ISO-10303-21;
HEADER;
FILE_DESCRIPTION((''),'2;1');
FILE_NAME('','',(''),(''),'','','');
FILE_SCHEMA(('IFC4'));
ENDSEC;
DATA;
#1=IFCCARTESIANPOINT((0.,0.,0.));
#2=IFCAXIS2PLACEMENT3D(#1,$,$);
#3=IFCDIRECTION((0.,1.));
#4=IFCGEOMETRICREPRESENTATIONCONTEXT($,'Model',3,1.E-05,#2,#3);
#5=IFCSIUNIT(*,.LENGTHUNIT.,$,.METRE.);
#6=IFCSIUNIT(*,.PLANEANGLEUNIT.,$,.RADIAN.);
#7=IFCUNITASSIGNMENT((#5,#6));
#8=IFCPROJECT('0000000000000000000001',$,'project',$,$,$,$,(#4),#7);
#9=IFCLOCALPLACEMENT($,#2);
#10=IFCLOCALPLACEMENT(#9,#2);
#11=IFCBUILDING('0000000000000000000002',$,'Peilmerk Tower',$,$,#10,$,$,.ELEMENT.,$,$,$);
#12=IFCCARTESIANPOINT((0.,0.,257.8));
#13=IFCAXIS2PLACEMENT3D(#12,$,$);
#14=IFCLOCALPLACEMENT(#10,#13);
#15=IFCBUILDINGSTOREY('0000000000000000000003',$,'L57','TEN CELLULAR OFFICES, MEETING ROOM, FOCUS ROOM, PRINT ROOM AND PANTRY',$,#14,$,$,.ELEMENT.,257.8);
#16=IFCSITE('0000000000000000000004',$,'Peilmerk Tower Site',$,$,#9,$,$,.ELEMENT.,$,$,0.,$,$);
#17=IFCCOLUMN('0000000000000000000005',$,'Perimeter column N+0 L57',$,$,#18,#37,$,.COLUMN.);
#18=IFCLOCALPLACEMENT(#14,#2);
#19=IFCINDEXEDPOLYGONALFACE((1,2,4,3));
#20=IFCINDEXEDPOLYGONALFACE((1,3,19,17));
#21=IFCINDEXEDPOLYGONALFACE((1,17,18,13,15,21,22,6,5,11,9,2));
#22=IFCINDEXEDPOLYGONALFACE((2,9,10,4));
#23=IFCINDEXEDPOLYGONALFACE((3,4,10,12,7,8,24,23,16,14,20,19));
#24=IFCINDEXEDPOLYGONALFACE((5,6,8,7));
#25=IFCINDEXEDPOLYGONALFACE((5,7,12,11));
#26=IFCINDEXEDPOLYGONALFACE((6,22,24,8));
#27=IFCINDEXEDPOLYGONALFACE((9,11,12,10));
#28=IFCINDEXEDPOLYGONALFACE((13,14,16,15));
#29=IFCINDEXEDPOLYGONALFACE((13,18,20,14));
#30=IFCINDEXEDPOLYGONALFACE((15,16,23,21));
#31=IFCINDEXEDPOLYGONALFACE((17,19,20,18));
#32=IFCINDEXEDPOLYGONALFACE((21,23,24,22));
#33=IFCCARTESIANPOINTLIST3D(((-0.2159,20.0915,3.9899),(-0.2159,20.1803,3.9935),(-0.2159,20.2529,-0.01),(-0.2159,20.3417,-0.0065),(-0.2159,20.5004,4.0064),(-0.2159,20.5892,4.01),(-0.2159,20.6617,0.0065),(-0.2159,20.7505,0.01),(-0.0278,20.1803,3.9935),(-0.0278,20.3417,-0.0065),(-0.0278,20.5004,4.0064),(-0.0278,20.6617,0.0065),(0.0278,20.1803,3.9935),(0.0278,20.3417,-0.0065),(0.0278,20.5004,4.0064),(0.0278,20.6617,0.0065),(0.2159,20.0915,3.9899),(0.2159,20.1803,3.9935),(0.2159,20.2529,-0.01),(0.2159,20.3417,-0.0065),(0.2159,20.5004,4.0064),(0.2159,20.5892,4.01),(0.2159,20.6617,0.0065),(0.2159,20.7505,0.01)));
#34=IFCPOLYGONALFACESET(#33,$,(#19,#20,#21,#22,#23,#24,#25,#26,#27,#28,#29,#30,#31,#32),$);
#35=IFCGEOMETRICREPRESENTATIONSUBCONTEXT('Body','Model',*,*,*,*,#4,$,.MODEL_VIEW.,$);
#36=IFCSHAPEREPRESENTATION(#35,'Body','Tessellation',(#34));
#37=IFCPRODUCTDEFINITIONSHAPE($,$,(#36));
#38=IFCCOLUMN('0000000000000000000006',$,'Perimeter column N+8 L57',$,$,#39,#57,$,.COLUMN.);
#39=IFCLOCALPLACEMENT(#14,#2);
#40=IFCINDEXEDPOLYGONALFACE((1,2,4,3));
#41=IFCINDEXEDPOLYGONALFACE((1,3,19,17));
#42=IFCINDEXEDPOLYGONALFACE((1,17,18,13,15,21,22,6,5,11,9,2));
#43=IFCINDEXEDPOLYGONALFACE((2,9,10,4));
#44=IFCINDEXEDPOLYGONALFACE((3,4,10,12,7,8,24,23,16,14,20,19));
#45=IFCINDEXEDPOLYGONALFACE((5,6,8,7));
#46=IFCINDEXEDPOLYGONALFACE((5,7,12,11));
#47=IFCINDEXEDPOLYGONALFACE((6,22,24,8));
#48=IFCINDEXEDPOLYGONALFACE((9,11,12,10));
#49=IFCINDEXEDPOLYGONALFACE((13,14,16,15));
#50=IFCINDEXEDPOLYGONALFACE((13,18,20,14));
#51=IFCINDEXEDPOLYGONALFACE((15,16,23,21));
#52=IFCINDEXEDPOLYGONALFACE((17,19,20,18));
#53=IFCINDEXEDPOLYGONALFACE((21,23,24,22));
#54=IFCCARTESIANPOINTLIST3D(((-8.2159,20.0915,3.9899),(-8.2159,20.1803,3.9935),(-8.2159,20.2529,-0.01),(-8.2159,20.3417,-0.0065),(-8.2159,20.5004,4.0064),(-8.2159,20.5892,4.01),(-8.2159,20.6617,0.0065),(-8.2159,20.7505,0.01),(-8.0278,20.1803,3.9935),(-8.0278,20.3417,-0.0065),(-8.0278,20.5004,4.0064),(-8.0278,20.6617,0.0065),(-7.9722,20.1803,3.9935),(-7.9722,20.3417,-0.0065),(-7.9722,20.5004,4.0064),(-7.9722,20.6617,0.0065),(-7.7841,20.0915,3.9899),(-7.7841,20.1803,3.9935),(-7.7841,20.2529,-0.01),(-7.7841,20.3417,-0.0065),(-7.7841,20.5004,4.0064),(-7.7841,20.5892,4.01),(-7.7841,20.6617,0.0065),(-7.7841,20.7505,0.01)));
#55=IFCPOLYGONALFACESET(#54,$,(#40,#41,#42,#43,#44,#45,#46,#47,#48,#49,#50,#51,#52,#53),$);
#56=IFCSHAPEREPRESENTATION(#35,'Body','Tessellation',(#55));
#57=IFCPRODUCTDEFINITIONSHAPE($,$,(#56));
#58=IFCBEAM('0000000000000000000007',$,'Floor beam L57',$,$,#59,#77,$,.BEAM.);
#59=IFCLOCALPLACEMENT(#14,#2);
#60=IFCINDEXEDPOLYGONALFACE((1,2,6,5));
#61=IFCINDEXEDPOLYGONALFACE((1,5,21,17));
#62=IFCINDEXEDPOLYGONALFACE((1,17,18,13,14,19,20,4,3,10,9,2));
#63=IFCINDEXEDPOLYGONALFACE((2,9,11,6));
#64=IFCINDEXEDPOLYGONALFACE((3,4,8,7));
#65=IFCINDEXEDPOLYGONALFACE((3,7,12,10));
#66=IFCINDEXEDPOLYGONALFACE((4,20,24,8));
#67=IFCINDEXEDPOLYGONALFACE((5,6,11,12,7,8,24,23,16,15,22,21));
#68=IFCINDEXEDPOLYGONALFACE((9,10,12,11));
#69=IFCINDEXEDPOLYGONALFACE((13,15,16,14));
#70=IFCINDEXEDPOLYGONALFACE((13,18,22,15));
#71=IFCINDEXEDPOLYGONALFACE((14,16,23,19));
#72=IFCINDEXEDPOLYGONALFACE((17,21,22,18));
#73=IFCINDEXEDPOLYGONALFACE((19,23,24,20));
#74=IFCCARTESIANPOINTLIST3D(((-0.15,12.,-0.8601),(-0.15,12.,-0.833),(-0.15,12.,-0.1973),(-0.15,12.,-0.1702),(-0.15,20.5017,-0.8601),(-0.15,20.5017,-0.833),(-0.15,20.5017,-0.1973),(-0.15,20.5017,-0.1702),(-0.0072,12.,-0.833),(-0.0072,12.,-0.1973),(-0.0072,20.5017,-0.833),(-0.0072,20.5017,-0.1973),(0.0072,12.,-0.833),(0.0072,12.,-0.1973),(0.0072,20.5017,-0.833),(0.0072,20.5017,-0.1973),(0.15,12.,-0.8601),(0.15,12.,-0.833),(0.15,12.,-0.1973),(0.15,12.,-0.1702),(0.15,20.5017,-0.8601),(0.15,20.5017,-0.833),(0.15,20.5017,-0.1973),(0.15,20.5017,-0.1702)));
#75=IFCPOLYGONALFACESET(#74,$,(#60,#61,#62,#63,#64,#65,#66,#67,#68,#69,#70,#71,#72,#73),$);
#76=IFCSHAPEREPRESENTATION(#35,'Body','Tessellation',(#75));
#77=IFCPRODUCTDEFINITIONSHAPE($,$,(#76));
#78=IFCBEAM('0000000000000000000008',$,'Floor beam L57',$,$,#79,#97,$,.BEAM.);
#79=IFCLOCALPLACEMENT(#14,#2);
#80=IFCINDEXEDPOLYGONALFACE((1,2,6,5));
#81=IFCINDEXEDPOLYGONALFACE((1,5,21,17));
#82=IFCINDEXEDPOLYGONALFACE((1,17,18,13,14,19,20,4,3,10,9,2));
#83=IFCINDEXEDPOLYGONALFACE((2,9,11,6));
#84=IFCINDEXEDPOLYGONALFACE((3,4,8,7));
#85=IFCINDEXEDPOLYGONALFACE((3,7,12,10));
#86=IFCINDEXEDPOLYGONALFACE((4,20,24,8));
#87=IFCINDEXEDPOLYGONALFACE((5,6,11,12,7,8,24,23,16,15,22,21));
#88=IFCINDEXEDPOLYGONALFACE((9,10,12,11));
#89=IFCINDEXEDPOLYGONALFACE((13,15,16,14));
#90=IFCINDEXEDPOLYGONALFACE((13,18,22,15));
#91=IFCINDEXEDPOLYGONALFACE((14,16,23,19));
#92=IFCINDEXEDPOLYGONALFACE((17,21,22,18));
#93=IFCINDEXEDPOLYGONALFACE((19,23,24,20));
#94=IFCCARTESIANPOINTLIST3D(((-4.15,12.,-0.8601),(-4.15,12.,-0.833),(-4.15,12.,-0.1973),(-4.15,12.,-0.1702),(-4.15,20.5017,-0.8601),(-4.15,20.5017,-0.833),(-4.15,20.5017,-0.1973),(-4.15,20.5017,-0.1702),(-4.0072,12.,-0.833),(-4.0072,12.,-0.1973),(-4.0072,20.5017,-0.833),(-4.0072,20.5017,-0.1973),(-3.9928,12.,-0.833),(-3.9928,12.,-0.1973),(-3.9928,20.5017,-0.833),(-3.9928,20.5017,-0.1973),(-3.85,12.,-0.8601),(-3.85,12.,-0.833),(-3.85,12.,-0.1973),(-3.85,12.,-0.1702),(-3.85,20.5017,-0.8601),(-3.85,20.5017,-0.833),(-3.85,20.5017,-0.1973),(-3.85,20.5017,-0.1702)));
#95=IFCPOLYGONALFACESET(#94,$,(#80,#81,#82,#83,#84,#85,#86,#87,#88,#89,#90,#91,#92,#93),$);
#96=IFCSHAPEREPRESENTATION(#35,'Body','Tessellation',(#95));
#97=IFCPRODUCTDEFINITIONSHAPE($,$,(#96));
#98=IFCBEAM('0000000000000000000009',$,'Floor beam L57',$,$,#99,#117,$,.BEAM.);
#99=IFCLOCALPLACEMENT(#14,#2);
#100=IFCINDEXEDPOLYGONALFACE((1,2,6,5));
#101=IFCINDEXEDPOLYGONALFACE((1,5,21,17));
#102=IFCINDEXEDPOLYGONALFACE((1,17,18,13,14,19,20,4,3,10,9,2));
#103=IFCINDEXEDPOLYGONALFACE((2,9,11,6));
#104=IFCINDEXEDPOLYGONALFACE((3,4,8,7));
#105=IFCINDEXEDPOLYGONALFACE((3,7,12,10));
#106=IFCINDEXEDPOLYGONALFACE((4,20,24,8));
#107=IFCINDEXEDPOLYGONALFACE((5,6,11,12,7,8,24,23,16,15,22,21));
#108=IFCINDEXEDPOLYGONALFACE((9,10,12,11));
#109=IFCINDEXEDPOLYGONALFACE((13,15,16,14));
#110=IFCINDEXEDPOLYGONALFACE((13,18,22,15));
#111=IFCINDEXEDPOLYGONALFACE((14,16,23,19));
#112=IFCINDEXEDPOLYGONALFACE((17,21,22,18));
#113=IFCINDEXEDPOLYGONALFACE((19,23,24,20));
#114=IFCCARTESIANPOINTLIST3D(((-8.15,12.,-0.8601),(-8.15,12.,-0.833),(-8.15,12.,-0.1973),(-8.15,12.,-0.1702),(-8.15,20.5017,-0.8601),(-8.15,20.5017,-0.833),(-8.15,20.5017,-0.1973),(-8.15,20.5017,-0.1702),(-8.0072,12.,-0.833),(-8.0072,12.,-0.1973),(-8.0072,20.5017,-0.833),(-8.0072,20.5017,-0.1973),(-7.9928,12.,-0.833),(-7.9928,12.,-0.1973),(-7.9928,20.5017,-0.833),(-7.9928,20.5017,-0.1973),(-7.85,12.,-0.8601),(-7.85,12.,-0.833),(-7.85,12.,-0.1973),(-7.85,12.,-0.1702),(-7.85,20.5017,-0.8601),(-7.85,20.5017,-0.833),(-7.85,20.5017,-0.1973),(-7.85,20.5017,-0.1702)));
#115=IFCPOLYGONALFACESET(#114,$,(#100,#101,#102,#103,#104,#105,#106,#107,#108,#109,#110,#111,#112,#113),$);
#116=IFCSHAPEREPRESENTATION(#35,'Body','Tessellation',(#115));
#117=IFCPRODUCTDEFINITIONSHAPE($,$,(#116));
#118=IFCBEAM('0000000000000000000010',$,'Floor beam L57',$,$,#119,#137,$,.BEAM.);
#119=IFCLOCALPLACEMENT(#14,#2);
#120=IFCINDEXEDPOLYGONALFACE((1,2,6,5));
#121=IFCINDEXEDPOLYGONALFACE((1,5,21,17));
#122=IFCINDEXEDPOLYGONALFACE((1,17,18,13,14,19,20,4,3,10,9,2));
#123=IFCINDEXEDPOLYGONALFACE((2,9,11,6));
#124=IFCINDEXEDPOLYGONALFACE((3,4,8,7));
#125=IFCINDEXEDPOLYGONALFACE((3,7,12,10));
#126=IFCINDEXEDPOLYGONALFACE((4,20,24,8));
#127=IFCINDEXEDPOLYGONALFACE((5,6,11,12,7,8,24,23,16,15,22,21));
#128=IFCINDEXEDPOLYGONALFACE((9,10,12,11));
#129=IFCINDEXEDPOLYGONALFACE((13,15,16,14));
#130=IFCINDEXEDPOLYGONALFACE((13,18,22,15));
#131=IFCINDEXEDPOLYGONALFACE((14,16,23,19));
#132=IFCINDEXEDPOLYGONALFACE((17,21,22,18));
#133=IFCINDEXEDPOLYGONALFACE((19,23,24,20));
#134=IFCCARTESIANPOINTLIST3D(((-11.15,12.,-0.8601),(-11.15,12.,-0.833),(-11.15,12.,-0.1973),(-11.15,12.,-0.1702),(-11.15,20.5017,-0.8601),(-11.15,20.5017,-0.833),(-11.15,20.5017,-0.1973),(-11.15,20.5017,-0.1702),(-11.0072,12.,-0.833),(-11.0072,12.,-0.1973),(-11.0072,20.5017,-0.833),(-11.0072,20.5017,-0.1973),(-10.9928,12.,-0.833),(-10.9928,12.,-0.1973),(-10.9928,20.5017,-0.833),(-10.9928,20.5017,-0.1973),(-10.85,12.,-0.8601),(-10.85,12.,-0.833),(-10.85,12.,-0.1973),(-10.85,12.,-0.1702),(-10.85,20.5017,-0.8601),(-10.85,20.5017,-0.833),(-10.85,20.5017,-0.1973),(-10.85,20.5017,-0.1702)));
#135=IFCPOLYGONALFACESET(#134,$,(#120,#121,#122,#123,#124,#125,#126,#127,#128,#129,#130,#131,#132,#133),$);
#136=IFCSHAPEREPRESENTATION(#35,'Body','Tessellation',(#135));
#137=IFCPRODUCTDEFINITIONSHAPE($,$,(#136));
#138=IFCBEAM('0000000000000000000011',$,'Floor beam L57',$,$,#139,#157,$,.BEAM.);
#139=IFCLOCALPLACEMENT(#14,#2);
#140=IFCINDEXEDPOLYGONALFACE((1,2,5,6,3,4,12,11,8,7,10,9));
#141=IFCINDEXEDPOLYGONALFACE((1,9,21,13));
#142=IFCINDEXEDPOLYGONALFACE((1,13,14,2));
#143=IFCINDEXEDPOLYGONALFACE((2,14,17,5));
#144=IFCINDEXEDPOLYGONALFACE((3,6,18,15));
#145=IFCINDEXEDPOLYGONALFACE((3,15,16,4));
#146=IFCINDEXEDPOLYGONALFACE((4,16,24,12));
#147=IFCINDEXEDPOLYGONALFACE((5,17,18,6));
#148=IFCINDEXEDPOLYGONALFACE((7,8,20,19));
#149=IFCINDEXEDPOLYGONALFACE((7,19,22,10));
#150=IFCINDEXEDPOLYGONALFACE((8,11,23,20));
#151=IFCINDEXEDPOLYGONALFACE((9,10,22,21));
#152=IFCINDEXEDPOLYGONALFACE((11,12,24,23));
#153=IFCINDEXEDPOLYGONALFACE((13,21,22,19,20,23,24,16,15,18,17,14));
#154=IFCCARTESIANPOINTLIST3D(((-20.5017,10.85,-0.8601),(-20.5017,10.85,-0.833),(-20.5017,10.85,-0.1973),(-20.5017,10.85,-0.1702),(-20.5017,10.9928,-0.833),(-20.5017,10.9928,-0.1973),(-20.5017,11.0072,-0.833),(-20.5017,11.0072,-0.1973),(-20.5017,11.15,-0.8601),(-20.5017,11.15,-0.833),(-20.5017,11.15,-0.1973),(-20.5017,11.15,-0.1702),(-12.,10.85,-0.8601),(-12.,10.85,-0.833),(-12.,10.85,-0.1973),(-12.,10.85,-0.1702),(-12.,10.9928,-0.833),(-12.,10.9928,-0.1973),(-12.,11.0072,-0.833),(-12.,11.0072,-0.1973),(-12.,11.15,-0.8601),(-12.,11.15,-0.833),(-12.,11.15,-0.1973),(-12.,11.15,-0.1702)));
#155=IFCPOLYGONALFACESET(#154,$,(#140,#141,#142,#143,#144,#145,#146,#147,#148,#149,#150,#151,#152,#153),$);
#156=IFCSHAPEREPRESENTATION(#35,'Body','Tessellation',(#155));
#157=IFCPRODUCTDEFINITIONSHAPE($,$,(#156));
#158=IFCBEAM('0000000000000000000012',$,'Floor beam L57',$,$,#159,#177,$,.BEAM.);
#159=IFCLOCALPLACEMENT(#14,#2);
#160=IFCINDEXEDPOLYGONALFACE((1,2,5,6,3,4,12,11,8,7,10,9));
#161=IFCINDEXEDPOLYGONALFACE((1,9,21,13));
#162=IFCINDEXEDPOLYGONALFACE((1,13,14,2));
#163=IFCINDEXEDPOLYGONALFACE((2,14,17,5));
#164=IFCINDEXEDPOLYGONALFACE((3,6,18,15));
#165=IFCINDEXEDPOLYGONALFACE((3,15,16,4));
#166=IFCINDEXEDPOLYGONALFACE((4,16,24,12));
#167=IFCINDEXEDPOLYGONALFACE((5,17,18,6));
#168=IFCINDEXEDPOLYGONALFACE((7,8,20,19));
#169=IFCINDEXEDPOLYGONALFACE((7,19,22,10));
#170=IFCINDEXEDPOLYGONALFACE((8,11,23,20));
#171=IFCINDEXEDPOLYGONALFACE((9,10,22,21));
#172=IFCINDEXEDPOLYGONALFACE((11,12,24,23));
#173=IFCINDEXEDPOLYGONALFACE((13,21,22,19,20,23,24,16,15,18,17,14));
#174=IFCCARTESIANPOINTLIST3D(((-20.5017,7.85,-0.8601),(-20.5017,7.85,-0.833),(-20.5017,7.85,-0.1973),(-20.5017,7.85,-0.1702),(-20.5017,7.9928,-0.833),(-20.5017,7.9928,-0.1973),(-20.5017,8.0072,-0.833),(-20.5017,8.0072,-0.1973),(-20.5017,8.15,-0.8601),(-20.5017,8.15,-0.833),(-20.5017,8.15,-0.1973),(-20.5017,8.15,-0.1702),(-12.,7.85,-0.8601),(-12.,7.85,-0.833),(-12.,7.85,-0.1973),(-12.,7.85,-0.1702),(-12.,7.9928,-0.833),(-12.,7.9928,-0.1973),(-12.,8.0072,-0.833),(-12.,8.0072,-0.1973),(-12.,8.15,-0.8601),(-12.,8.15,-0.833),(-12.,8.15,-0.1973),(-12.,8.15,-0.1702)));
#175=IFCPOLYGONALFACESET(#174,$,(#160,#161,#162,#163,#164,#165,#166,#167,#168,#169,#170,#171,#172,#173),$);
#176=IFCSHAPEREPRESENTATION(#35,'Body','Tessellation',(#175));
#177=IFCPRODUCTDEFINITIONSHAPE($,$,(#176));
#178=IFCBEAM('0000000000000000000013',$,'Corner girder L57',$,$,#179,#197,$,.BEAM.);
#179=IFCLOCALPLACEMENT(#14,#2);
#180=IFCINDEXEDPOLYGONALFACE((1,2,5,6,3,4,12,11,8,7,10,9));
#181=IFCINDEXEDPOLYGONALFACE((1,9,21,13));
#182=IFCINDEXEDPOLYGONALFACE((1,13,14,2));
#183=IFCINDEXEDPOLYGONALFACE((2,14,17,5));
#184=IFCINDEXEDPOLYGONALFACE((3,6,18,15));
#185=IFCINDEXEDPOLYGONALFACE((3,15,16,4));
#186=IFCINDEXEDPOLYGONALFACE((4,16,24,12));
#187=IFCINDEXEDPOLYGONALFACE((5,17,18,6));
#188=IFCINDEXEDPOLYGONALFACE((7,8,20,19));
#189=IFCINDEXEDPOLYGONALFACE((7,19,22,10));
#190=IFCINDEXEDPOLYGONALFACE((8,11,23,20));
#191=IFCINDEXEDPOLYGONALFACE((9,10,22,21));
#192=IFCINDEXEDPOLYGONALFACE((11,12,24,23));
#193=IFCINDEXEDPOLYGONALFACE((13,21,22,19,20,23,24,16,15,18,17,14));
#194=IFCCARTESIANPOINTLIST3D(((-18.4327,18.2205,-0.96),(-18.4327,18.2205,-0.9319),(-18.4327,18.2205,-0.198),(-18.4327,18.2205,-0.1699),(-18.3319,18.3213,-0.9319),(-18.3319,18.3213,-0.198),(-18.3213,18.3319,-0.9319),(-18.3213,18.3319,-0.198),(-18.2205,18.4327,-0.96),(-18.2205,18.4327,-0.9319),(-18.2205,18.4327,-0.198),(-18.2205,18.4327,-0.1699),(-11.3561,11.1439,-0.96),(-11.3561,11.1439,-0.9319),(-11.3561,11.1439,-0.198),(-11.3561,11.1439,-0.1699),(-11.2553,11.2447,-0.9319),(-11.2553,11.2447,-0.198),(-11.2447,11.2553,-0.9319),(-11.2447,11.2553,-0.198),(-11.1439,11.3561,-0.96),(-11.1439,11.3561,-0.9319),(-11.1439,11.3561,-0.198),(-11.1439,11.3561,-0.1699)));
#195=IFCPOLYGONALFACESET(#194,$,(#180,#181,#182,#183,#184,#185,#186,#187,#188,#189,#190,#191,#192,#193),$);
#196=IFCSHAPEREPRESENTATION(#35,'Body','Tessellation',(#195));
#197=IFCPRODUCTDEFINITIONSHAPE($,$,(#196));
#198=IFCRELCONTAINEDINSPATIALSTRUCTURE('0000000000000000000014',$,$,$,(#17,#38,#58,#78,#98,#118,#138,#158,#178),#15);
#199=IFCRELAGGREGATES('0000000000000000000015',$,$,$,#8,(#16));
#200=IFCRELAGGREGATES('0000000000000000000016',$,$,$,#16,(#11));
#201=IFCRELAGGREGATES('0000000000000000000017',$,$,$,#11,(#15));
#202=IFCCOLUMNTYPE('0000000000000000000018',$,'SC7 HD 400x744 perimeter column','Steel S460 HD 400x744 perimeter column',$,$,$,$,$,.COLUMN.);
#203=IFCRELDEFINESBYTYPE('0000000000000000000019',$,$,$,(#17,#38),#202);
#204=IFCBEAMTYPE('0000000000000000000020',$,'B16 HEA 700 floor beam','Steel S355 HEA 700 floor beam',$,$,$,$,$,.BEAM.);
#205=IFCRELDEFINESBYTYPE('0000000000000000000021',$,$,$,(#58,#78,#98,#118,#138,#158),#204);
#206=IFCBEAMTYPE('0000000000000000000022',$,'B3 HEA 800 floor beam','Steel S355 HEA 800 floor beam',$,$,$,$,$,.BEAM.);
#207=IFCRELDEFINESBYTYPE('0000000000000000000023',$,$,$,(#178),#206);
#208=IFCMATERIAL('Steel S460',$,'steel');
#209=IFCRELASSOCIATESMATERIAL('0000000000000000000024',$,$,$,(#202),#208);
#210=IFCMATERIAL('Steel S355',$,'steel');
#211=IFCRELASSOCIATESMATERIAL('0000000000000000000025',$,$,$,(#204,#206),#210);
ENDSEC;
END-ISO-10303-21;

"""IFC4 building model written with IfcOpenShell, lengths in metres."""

from ifc_helpers import new_model, si_unit, direction, frame, origin, origin_2d, place, context, subcontext, project, spatial, i_section, extrude, material, material_profile, profile_set, type_object, element, save


model = new_model("IFC4")

# Units and contexts
model_context = context("Model", 3, precision=1e-05, world=origin(), true_north=direction((0.0, 1.0)))
body_context = subcontext(model_context, "Body", "Model", "MODEL_VIEW")
ifc_project = project(units=[si_unit("LENGTHUNIT", "METRE"), si_unit("PLANEANGLEUNIT", "RADIAN")], contexts=[model_context])

# Site, building, storey
site_placement = place(None, origin())
site = spatial("IfcSite", under=ifc_project, at=site_placement, Name="Peilmerk Tower Site", CompositionType="ELEMENT", RefElevation=0.0)
building_placement = place(site_placement, origin())
building = spatial("IfcBuilding", under=site, at=building_placement, Name="Peilmerk Tower", CompositionType="ELEMENT")
storey_placement = place(building_placement, frame((0.0, 0.0, 257.8)))
storey = spatial("IfcBuildingStorey", under=building, at=storey_placement, Name="L57", Description="TEN CELLULAR OFFICES, MEETING ROOM, FOCUS ROOM, PRINT ROOM AND PANTRY", CompositionType="ELEMENT", Elevation=257.8)

# Columns
ifc_material_1 = material(Name="Steel S460", Category="steel")
ifc_material_profile_1 = material_profile(ifc_material_1, i_section(OverallWidth=0.4319, OverallDepth=0.498, WebThickness=0.0557, FlangeThickness=0.0889, at=origin_2d()), Name="HD 400x744")
ifc_profile_set_1 = profile_set([ifc_material_profile_1], Name="Steel S460")
column_type = type_object("IfcColumnType", Name="SC7 HD 400x744 perimeter column", Description="Steel S460 HD 400x744 perimeter column", PredefinedType="COLUMN", material=ifc_profile_set_1)
for number, where, z_axis, x_axis, name in (
    (1, (0.0, 20.5017, 0.0), (0.0, -0.040311, 0.999187), (1.0, 0.0, 0.0), "Perimeter column N+0 L57"),
    (2, (-8.0, 20.5017, 0.0), (0.0, -0.040311, 0.999187), (1.0, 0.0, 0.0), "Perimeter column N+8 L57"),
):
    element("IfcColumn", number, at=place(storey_placement, frame(where, z_axis=z_axis, x_axis=x_axis)), inside=storey, type_object=column_type, Name=name, PredefinedType="COLUMN", context=body_context, shape_type="SweptSolid", body=[
        extrude(i_section(OverallWidth=0.4319, OverallDepth=0.498, WebThickness=0.0557, FlangeThickness=0.0889, at=origin_2d()), origin(), (0.0, 0.0, 1.0), 4.0032),
    ])

# Beams
ifc_material_2 = material(Name="Steel S355", Category="steel")
ifc_material_profile_2 = material_profile(ifc_material_2, i_section(OverallWidth=0.3, OverallDepth=0.6899, WebThickness=0.0144, FlangeThickness=0.0271, at=origin_2d()), Name="HEA 700")
ifc_profile_set_2 = profile_set([ifc_material_profile_2], Name="Steel S355")
beam_type_1 = type_object("IfcBeamType", Name="B16 HEA 700 floor beam", Description="Steel S355 HEA 700 floor beam", PredefinedType="BEAM", material=ifc_profile_set_2)
for number, where, z_axis, x_axis, name in (
    (3, (0.0, 12.0, -0.5151), (0.0, 1.0, 0.0), (-1.0, 0.0, 0.0), "Floor beam L57"),
    (4, (-4.0, 12.0, -0.5151), (0.0, 1.0, 0.0), (-1.0, 0.0, 0.0), "Floor beam L57"),
    (5, (-8.0, 12.0, -0.5151), (0.0, 1.0, 0.0), (-1.0, 0.0, 0.0), "Floor beam L57"),
    (6, (-11.0, 12.0, -0.5151), (0.0, 1.0, 0.0), (-1.0, 0.0, 0.0), "Floor beam L57"),
    (7, (-12.0, 11.0, -0.5151), (-1.0, 0.0, 0.0), (0.0, -1.0, 0.0), "Floor beam L57"),
    (8, (-12.0, 8.0, -0.5151), (-1.0, 0.0, 0.0), (0.0, -1.0, 0.0), "Floor beam L57"),
):
    element("IfcBeam", number, at=place(storey_placement, frame(where, z_axis=z_axis, x_axis=x_axis)), inside=storey, type_object=beam_type_1, Name=name, PredefinedType="BEAM", context=body_context, shape_type="SweptSolid", body=[
        extrude(i_section(OverallWidth=0.3, OverallDepth=0.6899, WebThickness=0.0144, FlangeThickness=0.0271, at=origin_2d()), origin(), (0.0, 0.0, 1.0), 8.5017),
    ])
ifc_material_profile_3 = material_profile(ifc_material_2, i_section(OverallWidth=0.3, OverallDepth=0.79, WebThickness=0.0149, FlangeThickness=0.0281, at=origin_2d()), Name="HEA 800")
ifc_profile_set_3 = profile_set([ifc_material_profile_3], Name="Steel S355")
beam_type_2 = type_object("IfcBeamType", Name="B3 HEA 800 floor beam", Description="Steel S355 HEA 800 floor beam", PredefinedType="BEAM", material=ifc_profile_set_3)
beam_1_placement = place(storey_placement, frame((-11.25, 11.25, -0.5649), z_axis=(-0.707107, 0.707107, 0.0), x_axis=(-0.707107, -0.707107, 0.0)))
element("IfcBeam", 9, at=beam_1_placement, inside=storey, type_object=beam_type_2, Name="Corner girder L57", PredefinedType="BEAM", context=body_context, shape_type="SweptSolid", body=[
    extrude(i_section(OverallWidth=0.3, OverallDepth=0.79, WebThickness=0.0149, FlangeThickness=0.0281, at=origin_2d()), origin(), (0.0, 0.0, 1.0), 10.0078),
])

save(model, "model.ifc")
